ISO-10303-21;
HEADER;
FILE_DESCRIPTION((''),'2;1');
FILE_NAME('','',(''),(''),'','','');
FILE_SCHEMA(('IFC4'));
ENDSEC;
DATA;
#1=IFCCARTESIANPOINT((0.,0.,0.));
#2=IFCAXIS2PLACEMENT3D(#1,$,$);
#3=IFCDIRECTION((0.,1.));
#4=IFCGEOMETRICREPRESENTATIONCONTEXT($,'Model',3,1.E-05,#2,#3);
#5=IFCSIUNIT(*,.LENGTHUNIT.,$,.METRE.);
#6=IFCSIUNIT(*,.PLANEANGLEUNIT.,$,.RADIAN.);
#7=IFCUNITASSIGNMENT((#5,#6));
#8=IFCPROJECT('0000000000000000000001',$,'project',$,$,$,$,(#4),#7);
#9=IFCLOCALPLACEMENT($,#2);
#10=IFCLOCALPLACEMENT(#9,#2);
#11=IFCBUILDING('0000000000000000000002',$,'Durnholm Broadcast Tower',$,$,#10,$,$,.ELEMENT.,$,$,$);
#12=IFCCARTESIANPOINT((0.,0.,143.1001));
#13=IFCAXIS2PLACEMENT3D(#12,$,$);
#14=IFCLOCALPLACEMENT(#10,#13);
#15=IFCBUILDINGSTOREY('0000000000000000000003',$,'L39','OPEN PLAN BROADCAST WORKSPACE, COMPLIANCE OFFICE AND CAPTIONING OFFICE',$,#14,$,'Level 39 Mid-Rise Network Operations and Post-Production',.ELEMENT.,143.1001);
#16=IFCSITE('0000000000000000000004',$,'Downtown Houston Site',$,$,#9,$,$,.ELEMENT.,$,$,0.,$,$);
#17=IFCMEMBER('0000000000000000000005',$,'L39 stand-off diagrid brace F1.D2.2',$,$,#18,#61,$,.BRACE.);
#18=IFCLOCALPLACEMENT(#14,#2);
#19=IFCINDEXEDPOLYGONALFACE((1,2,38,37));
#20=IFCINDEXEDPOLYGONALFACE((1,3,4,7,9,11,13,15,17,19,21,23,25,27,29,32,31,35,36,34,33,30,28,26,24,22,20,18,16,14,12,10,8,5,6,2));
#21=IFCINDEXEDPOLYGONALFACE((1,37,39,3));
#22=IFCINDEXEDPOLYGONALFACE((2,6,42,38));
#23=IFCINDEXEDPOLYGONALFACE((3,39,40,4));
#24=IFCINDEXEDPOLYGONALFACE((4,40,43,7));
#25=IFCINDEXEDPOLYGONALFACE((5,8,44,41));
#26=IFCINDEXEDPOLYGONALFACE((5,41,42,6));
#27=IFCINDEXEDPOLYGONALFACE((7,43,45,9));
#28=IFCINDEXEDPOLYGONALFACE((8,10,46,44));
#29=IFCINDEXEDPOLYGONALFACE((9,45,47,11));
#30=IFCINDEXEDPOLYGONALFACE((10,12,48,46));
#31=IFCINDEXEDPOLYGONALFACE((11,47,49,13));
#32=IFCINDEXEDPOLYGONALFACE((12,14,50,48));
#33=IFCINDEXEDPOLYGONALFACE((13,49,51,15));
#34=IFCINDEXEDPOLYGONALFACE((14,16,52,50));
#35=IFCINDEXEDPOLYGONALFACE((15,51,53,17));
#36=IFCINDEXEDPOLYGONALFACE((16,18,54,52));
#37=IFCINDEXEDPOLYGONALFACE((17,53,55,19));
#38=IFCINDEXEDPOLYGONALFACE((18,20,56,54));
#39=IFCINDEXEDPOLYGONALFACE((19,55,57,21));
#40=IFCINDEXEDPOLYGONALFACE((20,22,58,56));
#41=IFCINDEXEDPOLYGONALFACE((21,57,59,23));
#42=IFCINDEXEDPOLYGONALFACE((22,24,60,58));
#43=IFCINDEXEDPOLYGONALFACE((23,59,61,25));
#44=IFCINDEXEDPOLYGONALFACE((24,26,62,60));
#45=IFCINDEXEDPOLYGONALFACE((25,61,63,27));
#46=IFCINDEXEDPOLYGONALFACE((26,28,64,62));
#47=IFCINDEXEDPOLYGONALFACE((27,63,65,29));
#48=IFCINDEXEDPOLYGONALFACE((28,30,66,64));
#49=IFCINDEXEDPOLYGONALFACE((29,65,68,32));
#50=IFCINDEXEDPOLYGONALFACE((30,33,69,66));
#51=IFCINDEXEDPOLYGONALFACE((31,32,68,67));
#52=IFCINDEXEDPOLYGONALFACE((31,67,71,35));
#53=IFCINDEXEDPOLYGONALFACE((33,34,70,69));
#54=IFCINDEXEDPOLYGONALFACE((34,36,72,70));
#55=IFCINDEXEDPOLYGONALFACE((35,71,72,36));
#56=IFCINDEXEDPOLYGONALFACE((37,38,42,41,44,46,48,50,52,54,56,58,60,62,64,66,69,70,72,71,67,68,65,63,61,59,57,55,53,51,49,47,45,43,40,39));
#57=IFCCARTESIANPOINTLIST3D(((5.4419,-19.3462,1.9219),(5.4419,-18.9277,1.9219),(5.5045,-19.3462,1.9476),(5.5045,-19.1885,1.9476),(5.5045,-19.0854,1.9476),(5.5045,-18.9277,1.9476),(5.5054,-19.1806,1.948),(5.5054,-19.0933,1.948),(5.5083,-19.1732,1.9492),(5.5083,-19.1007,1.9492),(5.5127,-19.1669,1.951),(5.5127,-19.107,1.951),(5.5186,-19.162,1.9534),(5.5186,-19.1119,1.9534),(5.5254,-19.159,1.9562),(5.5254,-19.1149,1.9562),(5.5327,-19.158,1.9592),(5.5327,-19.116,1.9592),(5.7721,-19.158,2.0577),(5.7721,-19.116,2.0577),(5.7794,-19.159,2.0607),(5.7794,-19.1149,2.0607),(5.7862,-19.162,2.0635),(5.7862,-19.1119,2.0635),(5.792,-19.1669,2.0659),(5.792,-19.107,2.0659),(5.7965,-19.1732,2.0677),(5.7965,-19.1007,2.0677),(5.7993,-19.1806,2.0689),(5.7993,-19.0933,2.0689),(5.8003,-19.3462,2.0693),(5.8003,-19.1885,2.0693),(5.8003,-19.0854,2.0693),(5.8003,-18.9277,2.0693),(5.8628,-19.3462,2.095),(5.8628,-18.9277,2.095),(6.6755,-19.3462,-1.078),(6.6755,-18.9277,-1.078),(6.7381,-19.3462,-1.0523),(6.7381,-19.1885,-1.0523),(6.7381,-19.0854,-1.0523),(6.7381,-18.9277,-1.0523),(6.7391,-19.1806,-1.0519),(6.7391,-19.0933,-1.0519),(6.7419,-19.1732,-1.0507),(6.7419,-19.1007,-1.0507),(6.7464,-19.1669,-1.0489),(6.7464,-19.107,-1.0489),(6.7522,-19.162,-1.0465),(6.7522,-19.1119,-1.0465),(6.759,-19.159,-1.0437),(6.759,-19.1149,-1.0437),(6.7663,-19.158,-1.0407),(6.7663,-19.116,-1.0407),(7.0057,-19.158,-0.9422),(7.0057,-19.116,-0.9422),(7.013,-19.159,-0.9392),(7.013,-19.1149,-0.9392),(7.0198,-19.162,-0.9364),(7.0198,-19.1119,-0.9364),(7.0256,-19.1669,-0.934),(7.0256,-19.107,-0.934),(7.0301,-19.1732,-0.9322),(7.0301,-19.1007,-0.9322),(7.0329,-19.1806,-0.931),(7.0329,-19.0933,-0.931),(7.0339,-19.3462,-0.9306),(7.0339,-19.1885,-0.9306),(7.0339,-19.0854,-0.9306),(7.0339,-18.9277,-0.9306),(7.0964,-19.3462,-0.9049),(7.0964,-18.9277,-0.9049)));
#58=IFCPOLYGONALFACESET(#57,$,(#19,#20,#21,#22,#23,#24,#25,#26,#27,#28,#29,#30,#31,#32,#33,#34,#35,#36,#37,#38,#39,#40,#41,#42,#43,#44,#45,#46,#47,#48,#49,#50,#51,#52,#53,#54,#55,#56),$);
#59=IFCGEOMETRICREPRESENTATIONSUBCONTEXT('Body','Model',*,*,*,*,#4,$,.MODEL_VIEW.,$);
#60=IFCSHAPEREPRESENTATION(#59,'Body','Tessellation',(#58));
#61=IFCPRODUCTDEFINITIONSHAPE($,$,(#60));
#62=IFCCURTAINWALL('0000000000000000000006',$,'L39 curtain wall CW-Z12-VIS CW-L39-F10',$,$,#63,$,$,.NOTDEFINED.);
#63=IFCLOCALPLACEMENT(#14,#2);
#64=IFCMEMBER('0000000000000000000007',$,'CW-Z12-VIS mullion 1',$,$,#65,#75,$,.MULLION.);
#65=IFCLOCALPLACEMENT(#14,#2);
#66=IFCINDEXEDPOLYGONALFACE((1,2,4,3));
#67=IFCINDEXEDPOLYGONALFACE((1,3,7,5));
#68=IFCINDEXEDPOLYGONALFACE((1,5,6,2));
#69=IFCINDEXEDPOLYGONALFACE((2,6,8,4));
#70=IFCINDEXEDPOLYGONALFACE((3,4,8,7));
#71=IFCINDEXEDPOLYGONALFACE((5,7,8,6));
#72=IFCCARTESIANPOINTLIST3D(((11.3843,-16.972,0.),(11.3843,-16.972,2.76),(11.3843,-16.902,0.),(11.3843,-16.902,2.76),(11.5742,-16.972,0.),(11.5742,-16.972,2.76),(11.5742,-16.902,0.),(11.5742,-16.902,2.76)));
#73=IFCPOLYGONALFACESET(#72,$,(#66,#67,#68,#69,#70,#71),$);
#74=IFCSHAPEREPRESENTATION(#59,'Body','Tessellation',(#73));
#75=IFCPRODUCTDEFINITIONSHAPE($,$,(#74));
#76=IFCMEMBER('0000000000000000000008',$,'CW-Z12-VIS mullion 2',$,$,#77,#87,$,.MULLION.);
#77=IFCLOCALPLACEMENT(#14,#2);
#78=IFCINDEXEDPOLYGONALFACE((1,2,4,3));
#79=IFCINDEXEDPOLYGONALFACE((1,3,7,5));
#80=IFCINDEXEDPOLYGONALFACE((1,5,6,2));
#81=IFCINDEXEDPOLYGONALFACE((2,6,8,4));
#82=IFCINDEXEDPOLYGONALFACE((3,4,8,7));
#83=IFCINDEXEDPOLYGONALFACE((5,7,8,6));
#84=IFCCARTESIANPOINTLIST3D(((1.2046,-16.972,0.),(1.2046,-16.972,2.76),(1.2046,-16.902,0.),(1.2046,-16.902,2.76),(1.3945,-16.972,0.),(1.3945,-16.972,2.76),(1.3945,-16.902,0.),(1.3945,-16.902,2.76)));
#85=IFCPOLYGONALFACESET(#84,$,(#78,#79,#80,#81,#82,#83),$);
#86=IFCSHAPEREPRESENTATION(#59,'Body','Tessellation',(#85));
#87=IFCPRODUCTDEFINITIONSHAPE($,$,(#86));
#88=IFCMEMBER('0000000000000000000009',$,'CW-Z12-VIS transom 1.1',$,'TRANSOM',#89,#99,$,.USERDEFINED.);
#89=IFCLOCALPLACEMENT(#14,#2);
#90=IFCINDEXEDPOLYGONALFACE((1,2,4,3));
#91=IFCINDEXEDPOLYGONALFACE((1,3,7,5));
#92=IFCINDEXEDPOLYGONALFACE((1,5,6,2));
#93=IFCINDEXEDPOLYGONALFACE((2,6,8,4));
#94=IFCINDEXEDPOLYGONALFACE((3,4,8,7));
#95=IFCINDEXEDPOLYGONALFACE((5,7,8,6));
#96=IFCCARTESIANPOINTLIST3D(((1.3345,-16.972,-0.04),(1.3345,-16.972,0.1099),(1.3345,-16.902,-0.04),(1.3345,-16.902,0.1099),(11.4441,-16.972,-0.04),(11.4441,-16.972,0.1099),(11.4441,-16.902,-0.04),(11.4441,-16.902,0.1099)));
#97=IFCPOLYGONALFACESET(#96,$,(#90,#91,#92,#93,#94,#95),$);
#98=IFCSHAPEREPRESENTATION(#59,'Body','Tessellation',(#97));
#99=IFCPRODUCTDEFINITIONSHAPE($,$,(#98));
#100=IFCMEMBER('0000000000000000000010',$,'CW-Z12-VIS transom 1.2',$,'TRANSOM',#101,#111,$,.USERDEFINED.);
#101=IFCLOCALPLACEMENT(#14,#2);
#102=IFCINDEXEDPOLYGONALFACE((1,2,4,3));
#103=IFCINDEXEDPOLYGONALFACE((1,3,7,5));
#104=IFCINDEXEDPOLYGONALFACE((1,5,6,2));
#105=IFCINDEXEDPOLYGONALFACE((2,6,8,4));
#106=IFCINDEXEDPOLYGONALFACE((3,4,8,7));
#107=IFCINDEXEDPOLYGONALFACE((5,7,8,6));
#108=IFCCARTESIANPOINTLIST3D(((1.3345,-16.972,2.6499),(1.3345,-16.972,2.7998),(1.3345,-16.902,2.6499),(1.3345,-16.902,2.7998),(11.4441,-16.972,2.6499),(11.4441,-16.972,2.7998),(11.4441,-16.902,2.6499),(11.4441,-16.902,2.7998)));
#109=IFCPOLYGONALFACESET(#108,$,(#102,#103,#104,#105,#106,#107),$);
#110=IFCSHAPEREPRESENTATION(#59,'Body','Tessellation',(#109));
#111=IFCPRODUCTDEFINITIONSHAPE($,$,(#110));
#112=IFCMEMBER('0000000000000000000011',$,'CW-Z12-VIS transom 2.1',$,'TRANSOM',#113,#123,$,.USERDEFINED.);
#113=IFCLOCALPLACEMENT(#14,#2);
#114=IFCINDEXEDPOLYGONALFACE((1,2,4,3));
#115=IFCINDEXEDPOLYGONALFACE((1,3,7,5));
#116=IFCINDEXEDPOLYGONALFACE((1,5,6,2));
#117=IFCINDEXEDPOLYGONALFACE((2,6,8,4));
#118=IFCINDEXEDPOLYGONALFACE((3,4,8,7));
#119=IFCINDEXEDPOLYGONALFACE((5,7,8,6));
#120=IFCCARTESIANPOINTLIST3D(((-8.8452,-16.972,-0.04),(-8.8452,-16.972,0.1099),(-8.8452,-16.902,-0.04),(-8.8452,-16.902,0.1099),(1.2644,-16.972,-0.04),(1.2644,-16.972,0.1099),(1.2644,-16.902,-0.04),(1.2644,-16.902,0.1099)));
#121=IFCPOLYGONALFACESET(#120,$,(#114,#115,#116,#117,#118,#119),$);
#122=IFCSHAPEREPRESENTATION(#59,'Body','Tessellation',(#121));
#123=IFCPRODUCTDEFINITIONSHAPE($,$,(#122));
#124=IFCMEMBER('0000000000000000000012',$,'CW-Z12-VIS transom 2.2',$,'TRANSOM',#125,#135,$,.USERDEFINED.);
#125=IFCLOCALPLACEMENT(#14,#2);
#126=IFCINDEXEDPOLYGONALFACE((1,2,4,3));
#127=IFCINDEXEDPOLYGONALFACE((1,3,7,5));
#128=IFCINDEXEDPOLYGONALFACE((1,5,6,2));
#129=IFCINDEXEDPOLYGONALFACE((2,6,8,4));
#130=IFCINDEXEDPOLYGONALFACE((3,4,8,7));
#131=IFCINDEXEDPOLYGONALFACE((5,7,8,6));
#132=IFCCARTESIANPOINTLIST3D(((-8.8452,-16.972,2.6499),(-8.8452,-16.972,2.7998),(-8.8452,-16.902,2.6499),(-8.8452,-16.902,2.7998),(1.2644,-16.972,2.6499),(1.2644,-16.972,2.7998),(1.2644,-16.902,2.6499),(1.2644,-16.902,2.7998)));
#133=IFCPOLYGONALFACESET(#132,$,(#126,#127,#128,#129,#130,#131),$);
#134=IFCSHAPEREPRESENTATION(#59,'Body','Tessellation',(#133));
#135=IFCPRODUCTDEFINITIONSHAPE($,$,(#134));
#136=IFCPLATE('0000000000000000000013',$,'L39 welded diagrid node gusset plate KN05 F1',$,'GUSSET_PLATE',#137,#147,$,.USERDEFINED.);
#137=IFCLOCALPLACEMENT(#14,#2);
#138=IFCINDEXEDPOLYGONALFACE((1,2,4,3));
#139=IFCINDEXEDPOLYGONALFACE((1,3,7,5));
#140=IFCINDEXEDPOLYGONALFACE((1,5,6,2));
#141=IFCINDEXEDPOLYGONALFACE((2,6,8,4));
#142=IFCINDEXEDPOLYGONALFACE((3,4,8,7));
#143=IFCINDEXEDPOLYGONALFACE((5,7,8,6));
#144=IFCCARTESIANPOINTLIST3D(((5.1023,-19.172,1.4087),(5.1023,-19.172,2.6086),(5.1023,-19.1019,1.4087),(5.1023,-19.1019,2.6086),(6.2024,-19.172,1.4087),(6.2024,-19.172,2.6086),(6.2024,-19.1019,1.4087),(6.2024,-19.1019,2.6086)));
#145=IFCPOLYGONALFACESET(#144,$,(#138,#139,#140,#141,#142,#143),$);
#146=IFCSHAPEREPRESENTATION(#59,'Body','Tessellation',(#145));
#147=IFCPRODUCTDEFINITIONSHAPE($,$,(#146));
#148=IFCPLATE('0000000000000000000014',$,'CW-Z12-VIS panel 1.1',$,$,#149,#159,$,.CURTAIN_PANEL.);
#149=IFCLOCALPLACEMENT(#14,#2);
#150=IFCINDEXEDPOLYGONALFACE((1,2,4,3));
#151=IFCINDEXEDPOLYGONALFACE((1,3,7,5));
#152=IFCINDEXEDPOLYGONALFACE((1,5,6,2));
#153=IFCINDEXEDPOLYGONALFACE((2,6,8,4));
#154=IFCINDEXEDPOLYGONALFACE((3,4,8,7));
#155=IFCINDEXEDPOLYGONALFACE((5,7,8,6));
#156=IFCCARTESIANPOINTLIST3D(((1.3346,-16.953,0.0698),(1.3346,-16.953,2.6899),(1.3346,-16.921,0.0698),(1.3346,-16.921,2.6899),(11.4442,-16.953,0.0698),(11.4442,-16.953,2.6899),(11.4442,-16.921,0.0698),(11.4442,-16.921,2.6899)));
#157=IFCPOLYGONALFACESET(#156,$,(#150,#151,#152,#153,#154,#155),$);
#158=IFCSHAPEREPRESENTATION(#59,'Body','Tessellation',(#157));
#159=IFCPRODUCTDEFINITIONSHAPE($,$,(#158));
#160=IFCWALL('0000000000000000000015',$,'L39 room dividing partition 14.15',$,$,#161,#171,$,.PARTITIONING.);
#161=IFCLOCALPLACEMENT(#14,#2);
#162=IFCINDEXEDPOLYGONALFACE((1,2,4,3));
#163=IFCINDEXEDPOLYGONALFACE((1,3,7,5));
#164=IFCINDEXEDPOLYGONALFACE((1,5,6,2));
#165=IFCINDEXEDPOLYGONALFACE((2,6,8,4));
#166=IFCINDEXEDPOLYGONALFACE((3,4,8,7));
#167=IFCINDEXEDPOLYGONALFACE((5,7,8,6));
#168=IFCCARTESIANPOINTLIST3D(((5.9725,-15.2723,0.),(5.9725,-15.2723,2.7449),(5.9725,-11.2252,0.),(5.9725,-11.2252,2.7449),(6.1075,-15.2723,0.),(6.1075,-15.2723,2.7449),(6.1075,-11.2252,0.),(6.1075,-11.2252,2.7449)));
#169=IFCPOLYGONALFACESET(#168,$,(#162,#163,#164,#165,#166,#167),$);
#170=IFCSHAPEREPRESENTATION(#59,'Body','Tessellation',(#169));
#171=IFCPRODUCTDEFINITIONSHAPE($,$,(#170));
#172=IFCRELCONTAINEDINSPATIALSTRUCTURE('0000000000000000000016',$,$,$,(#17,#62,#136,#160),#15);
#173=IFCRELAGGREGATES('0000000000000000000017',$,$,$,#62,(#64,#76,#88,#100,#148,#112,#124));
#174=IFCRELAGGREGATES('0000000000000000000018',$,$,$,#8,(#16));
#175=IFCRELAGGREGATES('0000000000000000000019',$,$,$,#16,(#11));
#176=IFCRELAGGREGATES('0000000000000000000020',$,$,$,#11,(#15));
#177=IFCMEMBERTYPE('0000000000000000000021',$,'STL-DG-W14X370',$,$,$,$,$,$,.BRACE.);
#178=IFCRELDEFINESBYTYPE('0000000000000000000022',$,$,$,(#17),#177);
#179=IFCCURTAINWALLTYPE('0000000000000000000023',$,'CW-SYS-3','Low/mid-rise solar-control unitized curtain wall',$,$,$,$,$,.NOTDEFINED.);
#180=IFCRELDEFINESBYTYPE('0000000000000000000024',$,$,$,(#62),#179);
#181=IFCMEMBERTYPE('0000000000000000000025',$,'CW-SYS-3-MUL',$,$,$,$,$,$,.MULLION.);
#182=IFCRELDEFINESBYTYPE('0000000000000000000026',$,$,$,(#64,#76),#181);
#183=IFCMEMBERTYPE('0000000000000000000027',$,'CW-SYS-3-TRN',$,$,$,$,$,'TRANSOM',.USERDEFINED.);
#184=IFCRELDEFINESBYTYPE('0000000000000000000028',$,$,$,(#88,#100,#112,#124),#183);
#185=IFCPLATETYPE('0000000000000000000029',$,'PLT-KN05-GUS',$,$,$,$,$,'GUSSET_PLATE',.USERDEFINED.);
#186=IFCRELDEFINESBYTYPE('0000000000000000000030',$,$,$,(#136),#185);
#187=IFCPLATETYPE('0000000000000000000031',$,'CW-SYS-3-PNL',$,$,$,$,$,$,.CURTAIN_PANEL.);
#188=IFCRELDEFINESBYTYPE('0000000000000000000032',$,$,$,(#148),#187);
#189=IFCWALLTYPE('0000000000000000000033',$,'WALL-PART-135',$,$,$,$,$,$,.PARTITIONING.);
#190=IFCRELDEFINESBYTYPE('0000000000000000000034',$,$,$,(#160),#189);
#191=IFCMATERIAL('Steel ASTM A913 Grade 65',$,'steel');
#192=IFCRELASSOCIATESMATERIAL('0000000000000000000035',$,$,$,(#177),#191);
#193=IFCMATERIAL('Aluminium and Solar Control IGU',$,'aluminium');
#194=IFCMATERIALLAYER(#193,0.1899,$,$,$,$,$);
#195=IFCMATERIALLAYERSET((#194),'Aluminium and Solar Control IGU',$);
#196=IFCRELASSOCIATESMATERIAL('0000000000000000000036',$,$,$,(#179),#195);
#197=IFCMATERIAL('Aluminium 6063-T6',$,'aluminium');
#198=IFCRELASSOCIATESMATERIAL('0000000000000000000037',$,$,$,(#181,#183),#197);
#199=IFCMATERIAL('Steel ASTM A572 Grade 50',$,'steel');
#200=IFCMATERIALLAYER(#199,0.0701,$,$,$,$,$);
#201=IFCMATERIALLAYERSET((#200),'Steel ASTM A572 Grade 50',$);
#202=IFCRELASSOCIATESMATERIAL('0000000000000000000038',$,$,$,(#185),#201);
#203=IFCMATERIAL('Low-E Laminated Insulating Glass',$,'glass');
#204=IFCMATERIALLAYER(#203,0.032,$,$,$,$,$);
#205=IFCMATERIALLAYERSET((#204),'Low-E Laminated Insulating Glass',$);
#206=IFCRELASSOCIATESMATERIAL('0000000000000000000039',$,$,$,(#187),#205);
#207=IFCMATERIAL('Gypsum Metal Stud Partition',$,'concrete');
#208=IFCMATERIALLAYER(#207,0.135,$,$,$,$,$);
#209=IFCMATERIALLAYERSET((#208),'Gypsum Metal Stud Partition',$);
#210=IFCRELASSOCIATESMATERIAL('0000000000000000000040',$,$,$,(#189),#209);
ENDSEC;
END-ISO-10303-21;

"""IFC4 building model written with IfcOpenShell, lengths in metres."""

from ifc_helpers import new_model, si_unit, direction, frame, frame_2d, origin, origin_2d, place, context, subcontext, project, spatial, rectangle, i_section, extrude, source, transform, mapped, material, layer, layer_set, material_profile, profile_set, type_object, type_shapes, element, aggregate, save


model = new_model("IFC4")

# Units and contexts
model_context = context("Model", 3, precision=1e-05, world=origin(), true_north=direction((0.0, 1.0)))
body_context = subcontext(model_context, "Body", "Model", "MODEL_VIEW")
ifc_project = project(units=[si_unit("LENGTHUNIT", "METRE"), si_unit("PLANEANGLEUNIT", "RADIAN")], contexts=[model_context])

# Site, building, storey
site_placement = place(None, origin())
site = spatial("IfcSite", under=ifc_project, at=site_placement, Name="Downtown Houston Site", CompositionType="ELEMENT", RefElevation=0.0)
building_placement = place(site_placement, origin())
building = spatial("IfcBuilding", under=site, at=building_placement, Name="Durnholm Broadcast Tower", CompositionType="ELEMENT")
storey_placement = place(building_placement, frame((0.0, 0.0, 143.1001)))
storey = spatial("IfcBuildingStorey", under=building, at=storey_placement, Name="L39", Description="OPEN PLAN BROADCAST WORKSPACE, COMPLIANCE OFFICE AND CAPTIONING OFFICE", LongName="Level 39 Mid-Rise Network Operations and Post-Production", CompositionType="ELEMENT", Elevation=143.1001)

# Member
ifc_material_1 = material(Name="Steel ASTM A913 Grade 65", Category="steel")
ifc_material_profile_1 = material_profile(ifc_material_1, i_section(OverallWidth=0.4185, OverallDepth=0.4551, WebThickness=0.042, FlangeThickness=0.0676, FilletRadius=0.0305, at=origin_2d()), Name="W14X370")
ifc_profile_set_1 = profile_set([ifc_material_profile_1], Name="Steel ASTM A913 Grade 65")
member_type_1 = type_object("IfcMemberType", Name="STL-DG-W14X370", PredefinedType="BRACE", material=ifc_profile_set_1)
shared_shape_1 = source(origin(), body_context, "Body", "SweptSolid", [
    extrude(i_section(OverallWidth=0.4185, OverallDepth=0.4551, WebThickness=0.042, FlangeThickness=0.0676, FilletRadius=0.0305, at=origin_2d()), origin(), (0.0, 0.0, 1.0), 3.2437),
])
member_1_placement = place(storey_placement, frame((6.886, -19.137, -0.9915), z_axis=(-0.380314, 0.0, 0.924857), x_axis=(0.0, -1.0, 0.0)))
element("IfcMember", 1, at=member_1_placement, inside=storey, type_object=member_type_1, Name="L39 stand-off diagrid brace F1.D2.2", PredefinedType="BRACE", context=body_context, shape_type="MappedRepresentation", body=[
    mapped(shared_shape_1, transform((0.0, 0.0, 0.0), x_axis=(1.0, 0.0, 0.0), y_axis=(0.0, 1.0, 0.0), z_axis=(0.0, 0.0, 1.0), scale=1.0)),
])

# Curtain wall, members
ifc_material_2 = material(Name="Aluminium and Solar Control IGU", Category="aluminium")
ifc_layer_1 = layer(ifc_material_2, 0.1899)
ifc_layer_set_1 = layer_set([ifc_layer_1], Name="Aluminium and Solar Control IGU")
curtain_wall_type = type_object("IfcCurtainWallType", Name="CW-SYS-3", Description="Low/mid-rise solar-control unitized curtain wall", PredefinedType="NOTDEFINED", material=ifc_layer_set_1)
curtain_wall_placement = place(storey_placement, origin())
curtain_wall = element("IfcCurtainWall", 2, at=curtain_wall_placement, inside=storey, type_object=curtain_wall_type, Name="L39 curtain wall CW-Z12-VIS CW-L39-F10", PredefinedType="NOTDEFINED")
ifc_material_3 = material(Name="Aluminium 6063-T6", Category="aluminium")
ifc_material_profile_2 = material_profile(ifc_material_3, rectangle(XDim=0.0701, YDim=0.1899, at=origin_2d()), Name="CWM70X190")
ifc_profile_set_2 = profile_set([ifc_material_profile_2], Name="Aluminium 6063-T6")
member_type_2 = type_object("IfcMemberType", Name="CW-SYS-3-MUL", PredefinedType="MULLION", material=ifc_profile_set_2)
shared_shape_2 = source(origin(), body_context, "Body", "SweptSolid", [
    extrude(rectangle(XDim=0.0701, YDim=0.1899, at=origin_2d()), origin(), (0.0, 0.0, 1.0), 2.76),
])
type_shapes(member_type_2, [shared_shape_2])
member_2_placement = place(storey_placement, frame((11.4792, -16.937, 0.0), z_axis=(0.0, 0.0, 1.0), x_axis=(0.0, -1.0, 0.0)))
member_2 = element("IfcMember", 3, at=member_2_placement, type_object=member_type_2, Name="CW-Z12-VIS mullion 1", PredefinedType="MULLION", context=body_context, shape_type="MappedRepresentation", body=[
    mapped(shared_shape_2, transform((0.0, 0.0, 0.0), x_axis=(1.0, 0.0, 0.0), y_axis=(0.0, 1.0, 0.0), z_axis=(0.0, 0.0, 1.0), scale=1.0)),
])
member_3_placement = place(storey_placement, frame((1.2996, -16.937, 0.0), z_axis=(0.0, 0.0, 1.0), x_axis=(0.0, -1.0, 0.0)))
member_3 = element("IfcMember", 4, at=member_3_placement, type_object=member_type_2, Name="CW-Z12-VIS mullion 2", PredefinedType="MULLION", context=body_context, shape_type="MappedRepresentation", body=[
    mapped(shared_shape_2, transform((0.0, 0.0, 0.0), x_axis=(1.0, 0.0, 0.0), y_axis=(0.0, 1.0, 0.0), z_axis=(0.0, 0.0, 1.0), scale=1.0)),
])
ifc_material_profile_3 = material_profile(ifc_material_3, rectangle(XDim=0.0701, YDim=0.1499, at=origin_2d()), Name="CWT70X150")
ifc_profile_set_3 = profile_set([ifc_material_profile_3], Name="Aluminium 6063-T6")
member_type_3 = type_object("IfcMemberType", Name="CW-SYS-3-TRN", ElementType="TRANSOM", PredefinedType="USERDEFINED", material=ifc_profile_set_3)
shared_shape_3 = source(origin(), body_context, "Body", "SweptSolid", [
    extrude(rectangle(XDim=0.0701, YDim=0.1499, at=origin_2d()), origin(), (0.0, 0.0, 1.0), 10.1096),
])
type_shapes(member_type_3, [shared_shape_3])
member_4_placement = place(storey_placement, frame((11.4441, -16.937, 0.0349), z_axis=(-1.0, 0.0, 0.0), x_axis=(0.0, -1.0, 0.0)))
member_4 = element("IfcMember", 5, at=member_4_placement, type_object=member_type_3, Name="CW-Z12-VIS transom 1.1", ObjectType="TRANSOM", PredefinedType="USERDEFINED", context=body_context, shape_type="MappedRepresentation", body=[
    mapped(shared_shape_3, transform((0.0, 0.0, 0.0), x_axis=(1.0, 0.0, 0.0), y_axis=(0.0, 1.0, 0.0), z_axis=(0.0, 0.0, 1.0), scale=1.0)),
])
member_5_placement = place(storey_placement, frame((11.4441, -16.937, 2.7249), z_axis=(-1.0, 0.0, 0.0), x_axis=(0.0, -1.0, 0.0)))
member_5 = element("IfcMember", 6, at=member_5_placement, type_object=member_type_3, Name="CW-Z12-VIS transom 1.2", ObjectType="TRANSOM", PredefinedType="USERDEFINED", context=body_context, shape_type="MappedRepresentation", body=[
    mapped(shared_shape_3, transform((0.0, 0.0, 0.0), x_axis=(1.0, 0.0, 0.0), y_axis=(0.0, 1.0, 0.0), z_axis=(0.0, 0.0, 1.0), scale=1.0)),
])
member_6_placement = place(storey_placement, frame((1.2644, -16.937, 0.0349), z_axis=(-1.0, 0.0, 0.0), x_axis=(0.0, -1.0, 0.0)))
member_6 = element("IfcMember", 7, at=member_6_placement, type_object=member_type_3, Name="CW-Z12-VIS transom 2.1", ObjectType="TRANSOM", PredefinedType="USERDEFINED", context=body_context, shape_type="MappedRepresentation", body=[
    mapped(shared_shape_3, transform((0.0, 0.0, 0.0), x_axis=(1.0, 0.0, 0.0), y_axis=(0.0, 1.0, 0.0), z_axis=(0.0, 0.0, 1.0), scale=1.0)),
])
member_7_placement = place(storey_placement, frame((1.2644, -16.937, 2.7249), z_axis=(-1.0, 0.0, 0.0), x_axis=(0.0, -1.0, 0.0)))
member_7 = element("IfcMember", 8, at=member_7_placement, type_object=member_type_3, Name="CW-Z12-VIS transom 2.2", ObjectType="TRANSOM", PredefinedType="USERDEFINED", context=body_context, shape_type="MappedRepresentation", body=[
    mapped(shared_shape_3, transform((0.0, 0.0, 0.0), x_axis=(1.0, 0.0, 0.0), y_axis=(0.0, 1.0, 0.0), z_axis=(0.0, 0.0, 1.0), scale=1.0)),
])

# Plates
ifc_material_4 = material(Name="Steel ASTM A572 Grade 50", Category="steel")
ifc_layer_2 = layer(ifc_material_4, 0.0701)
ifc_layer_set_2 = layer_set([ifc_layer_2], Name="Steel ASTM A572 Grade 50")
plate_type_1 = type_object("IfcPlateType", Name="PLT-KN05-GUS", ElementType="GUSSET_PLATE", PredefinedType="USERDEFINED", material=ifc_layer_set_2)
shared_shape_4 = source(origin(), body_context, "Body", "SweptSolid", [
    extrude(rectangle(XDim=1.1001, YDim=0.0701, at=origin_2d()), origin(), (0.0, 0.0, 1.0), 1.2),
])
type_shapes(plate_type_1, [shared_shape_4])
plate_1_placement = place(storey_placement, frame((5.6523, -19.137, 1.4087), z_axis=(0.0, 0.0, 1.0), x_axis=(1.0, 0.0, 0.0)))
element("IfcPlate", 9, at=plate_1_placement, inside=storey, type_object=plate_type_1, Name="L39 welded diagrid node gusset plate KN05 F1", ObjectType="GUSSET_PLATE", PredefinedType="USERDEFINED", context=body_context, shape_type="MappedRepresentation", body=[
    mapped(shared_shape_4, transform((0.0, 0.0, 0.0), x_axis=(1.0, 0.0, 0.0), y_axis=(0.0, 1.0, 0.0), z_axis=(0.0, 0.0, 1.0), scale=1.0)),
])
ifc_material_5 = material(Name="Low-E Laminated Insulating Glass", Category="glass")
ifc_layer_3 = layer(ifc_material_5, 0.032)
ifc_layer_set_3 = layer_set([ifc_layer_3], Name="Low-E Laminated Insulating Glass")
plate_type_2 = type_object("IfcPlateType", Name="CW-SYS-3-PNL", PredefinedType="CURTAIN_PANEL", material=ifc_layer_set_3)
shared_shape_5 = source(origin(), body_context, "Body", "SweptSolid", [
    extrude(rectangle(XDim=10.1096, YDim=0.032, at=origin_2d()), origin(), (0.0, 0.0, 1.0), 2.6201),
])
type_shapes(plate_type_2, [shared_shape_5])
plate_2_placement = place(storey_placement, frame((6.3894, -16.937, 0.0698), z_axis=(0.0, 0.0, 1.0), x_axis=(-1.0, 0.0, 0.0)))
plate_2 = element("IfcPlate", 10, at=plate_2_placement, type_object=plate_type_2, Name="CW-Z12-VIS panel 1.1", PredefinedType="CURTAIN_PANEL", context=body_context, shape_type="MappedRepresentation", body=[
    mapped(shared_shape_5, transform((0.0, 0.0, 0.0), x_axis=(1.0, 0.0, 0.0), y_axis=(0.0, 1.0, 0.0), z_axis=(0.0, 0.0, 1.0), scale=1.0)),
])
aggregate(curtain_wall, [member_2, member_3, member_4, member_5, plate_2, member_6, member_7])

# Wall
ifc_material_6 = material(Name="Gypsum Metal Stud Partition", Category="concrete")
ifc_layer_4 = layer(ifc_material_6, 0.135)
ifc_layer_set_4 = layer_set([ifc_layer_4], Name="Gypsum Metal Stud Partition")
wall_type_1 = type_object("IfcWallType", Name="WALL-PART-135", PredefinedType="PARTITIONING", material=ifc_layer_set_4)
wall_1_placement = place(storey_placement, frame((6.04, -11.2253, 0.0), z_axis=(0.0, 0.0, 1.0), x_axis=(0.0, -1.0, 0.0)))
element("IfcWall", 11, at=wall_1_placement, inside=storey, type_object=wall_type_1, Name="L39 room dividing partition 14.15", PredefinedType="PARTITIONING", context=body_context, shape_type="SweptSolid", body=[
    extrude(rectangle(XDim=4.0471, YDim=0.135, at=frame_2d((2.0234, 0.0))), origin(), (0.0, 0.0, 1.0), 2.7449),
])

save(model, "model.ifc")
